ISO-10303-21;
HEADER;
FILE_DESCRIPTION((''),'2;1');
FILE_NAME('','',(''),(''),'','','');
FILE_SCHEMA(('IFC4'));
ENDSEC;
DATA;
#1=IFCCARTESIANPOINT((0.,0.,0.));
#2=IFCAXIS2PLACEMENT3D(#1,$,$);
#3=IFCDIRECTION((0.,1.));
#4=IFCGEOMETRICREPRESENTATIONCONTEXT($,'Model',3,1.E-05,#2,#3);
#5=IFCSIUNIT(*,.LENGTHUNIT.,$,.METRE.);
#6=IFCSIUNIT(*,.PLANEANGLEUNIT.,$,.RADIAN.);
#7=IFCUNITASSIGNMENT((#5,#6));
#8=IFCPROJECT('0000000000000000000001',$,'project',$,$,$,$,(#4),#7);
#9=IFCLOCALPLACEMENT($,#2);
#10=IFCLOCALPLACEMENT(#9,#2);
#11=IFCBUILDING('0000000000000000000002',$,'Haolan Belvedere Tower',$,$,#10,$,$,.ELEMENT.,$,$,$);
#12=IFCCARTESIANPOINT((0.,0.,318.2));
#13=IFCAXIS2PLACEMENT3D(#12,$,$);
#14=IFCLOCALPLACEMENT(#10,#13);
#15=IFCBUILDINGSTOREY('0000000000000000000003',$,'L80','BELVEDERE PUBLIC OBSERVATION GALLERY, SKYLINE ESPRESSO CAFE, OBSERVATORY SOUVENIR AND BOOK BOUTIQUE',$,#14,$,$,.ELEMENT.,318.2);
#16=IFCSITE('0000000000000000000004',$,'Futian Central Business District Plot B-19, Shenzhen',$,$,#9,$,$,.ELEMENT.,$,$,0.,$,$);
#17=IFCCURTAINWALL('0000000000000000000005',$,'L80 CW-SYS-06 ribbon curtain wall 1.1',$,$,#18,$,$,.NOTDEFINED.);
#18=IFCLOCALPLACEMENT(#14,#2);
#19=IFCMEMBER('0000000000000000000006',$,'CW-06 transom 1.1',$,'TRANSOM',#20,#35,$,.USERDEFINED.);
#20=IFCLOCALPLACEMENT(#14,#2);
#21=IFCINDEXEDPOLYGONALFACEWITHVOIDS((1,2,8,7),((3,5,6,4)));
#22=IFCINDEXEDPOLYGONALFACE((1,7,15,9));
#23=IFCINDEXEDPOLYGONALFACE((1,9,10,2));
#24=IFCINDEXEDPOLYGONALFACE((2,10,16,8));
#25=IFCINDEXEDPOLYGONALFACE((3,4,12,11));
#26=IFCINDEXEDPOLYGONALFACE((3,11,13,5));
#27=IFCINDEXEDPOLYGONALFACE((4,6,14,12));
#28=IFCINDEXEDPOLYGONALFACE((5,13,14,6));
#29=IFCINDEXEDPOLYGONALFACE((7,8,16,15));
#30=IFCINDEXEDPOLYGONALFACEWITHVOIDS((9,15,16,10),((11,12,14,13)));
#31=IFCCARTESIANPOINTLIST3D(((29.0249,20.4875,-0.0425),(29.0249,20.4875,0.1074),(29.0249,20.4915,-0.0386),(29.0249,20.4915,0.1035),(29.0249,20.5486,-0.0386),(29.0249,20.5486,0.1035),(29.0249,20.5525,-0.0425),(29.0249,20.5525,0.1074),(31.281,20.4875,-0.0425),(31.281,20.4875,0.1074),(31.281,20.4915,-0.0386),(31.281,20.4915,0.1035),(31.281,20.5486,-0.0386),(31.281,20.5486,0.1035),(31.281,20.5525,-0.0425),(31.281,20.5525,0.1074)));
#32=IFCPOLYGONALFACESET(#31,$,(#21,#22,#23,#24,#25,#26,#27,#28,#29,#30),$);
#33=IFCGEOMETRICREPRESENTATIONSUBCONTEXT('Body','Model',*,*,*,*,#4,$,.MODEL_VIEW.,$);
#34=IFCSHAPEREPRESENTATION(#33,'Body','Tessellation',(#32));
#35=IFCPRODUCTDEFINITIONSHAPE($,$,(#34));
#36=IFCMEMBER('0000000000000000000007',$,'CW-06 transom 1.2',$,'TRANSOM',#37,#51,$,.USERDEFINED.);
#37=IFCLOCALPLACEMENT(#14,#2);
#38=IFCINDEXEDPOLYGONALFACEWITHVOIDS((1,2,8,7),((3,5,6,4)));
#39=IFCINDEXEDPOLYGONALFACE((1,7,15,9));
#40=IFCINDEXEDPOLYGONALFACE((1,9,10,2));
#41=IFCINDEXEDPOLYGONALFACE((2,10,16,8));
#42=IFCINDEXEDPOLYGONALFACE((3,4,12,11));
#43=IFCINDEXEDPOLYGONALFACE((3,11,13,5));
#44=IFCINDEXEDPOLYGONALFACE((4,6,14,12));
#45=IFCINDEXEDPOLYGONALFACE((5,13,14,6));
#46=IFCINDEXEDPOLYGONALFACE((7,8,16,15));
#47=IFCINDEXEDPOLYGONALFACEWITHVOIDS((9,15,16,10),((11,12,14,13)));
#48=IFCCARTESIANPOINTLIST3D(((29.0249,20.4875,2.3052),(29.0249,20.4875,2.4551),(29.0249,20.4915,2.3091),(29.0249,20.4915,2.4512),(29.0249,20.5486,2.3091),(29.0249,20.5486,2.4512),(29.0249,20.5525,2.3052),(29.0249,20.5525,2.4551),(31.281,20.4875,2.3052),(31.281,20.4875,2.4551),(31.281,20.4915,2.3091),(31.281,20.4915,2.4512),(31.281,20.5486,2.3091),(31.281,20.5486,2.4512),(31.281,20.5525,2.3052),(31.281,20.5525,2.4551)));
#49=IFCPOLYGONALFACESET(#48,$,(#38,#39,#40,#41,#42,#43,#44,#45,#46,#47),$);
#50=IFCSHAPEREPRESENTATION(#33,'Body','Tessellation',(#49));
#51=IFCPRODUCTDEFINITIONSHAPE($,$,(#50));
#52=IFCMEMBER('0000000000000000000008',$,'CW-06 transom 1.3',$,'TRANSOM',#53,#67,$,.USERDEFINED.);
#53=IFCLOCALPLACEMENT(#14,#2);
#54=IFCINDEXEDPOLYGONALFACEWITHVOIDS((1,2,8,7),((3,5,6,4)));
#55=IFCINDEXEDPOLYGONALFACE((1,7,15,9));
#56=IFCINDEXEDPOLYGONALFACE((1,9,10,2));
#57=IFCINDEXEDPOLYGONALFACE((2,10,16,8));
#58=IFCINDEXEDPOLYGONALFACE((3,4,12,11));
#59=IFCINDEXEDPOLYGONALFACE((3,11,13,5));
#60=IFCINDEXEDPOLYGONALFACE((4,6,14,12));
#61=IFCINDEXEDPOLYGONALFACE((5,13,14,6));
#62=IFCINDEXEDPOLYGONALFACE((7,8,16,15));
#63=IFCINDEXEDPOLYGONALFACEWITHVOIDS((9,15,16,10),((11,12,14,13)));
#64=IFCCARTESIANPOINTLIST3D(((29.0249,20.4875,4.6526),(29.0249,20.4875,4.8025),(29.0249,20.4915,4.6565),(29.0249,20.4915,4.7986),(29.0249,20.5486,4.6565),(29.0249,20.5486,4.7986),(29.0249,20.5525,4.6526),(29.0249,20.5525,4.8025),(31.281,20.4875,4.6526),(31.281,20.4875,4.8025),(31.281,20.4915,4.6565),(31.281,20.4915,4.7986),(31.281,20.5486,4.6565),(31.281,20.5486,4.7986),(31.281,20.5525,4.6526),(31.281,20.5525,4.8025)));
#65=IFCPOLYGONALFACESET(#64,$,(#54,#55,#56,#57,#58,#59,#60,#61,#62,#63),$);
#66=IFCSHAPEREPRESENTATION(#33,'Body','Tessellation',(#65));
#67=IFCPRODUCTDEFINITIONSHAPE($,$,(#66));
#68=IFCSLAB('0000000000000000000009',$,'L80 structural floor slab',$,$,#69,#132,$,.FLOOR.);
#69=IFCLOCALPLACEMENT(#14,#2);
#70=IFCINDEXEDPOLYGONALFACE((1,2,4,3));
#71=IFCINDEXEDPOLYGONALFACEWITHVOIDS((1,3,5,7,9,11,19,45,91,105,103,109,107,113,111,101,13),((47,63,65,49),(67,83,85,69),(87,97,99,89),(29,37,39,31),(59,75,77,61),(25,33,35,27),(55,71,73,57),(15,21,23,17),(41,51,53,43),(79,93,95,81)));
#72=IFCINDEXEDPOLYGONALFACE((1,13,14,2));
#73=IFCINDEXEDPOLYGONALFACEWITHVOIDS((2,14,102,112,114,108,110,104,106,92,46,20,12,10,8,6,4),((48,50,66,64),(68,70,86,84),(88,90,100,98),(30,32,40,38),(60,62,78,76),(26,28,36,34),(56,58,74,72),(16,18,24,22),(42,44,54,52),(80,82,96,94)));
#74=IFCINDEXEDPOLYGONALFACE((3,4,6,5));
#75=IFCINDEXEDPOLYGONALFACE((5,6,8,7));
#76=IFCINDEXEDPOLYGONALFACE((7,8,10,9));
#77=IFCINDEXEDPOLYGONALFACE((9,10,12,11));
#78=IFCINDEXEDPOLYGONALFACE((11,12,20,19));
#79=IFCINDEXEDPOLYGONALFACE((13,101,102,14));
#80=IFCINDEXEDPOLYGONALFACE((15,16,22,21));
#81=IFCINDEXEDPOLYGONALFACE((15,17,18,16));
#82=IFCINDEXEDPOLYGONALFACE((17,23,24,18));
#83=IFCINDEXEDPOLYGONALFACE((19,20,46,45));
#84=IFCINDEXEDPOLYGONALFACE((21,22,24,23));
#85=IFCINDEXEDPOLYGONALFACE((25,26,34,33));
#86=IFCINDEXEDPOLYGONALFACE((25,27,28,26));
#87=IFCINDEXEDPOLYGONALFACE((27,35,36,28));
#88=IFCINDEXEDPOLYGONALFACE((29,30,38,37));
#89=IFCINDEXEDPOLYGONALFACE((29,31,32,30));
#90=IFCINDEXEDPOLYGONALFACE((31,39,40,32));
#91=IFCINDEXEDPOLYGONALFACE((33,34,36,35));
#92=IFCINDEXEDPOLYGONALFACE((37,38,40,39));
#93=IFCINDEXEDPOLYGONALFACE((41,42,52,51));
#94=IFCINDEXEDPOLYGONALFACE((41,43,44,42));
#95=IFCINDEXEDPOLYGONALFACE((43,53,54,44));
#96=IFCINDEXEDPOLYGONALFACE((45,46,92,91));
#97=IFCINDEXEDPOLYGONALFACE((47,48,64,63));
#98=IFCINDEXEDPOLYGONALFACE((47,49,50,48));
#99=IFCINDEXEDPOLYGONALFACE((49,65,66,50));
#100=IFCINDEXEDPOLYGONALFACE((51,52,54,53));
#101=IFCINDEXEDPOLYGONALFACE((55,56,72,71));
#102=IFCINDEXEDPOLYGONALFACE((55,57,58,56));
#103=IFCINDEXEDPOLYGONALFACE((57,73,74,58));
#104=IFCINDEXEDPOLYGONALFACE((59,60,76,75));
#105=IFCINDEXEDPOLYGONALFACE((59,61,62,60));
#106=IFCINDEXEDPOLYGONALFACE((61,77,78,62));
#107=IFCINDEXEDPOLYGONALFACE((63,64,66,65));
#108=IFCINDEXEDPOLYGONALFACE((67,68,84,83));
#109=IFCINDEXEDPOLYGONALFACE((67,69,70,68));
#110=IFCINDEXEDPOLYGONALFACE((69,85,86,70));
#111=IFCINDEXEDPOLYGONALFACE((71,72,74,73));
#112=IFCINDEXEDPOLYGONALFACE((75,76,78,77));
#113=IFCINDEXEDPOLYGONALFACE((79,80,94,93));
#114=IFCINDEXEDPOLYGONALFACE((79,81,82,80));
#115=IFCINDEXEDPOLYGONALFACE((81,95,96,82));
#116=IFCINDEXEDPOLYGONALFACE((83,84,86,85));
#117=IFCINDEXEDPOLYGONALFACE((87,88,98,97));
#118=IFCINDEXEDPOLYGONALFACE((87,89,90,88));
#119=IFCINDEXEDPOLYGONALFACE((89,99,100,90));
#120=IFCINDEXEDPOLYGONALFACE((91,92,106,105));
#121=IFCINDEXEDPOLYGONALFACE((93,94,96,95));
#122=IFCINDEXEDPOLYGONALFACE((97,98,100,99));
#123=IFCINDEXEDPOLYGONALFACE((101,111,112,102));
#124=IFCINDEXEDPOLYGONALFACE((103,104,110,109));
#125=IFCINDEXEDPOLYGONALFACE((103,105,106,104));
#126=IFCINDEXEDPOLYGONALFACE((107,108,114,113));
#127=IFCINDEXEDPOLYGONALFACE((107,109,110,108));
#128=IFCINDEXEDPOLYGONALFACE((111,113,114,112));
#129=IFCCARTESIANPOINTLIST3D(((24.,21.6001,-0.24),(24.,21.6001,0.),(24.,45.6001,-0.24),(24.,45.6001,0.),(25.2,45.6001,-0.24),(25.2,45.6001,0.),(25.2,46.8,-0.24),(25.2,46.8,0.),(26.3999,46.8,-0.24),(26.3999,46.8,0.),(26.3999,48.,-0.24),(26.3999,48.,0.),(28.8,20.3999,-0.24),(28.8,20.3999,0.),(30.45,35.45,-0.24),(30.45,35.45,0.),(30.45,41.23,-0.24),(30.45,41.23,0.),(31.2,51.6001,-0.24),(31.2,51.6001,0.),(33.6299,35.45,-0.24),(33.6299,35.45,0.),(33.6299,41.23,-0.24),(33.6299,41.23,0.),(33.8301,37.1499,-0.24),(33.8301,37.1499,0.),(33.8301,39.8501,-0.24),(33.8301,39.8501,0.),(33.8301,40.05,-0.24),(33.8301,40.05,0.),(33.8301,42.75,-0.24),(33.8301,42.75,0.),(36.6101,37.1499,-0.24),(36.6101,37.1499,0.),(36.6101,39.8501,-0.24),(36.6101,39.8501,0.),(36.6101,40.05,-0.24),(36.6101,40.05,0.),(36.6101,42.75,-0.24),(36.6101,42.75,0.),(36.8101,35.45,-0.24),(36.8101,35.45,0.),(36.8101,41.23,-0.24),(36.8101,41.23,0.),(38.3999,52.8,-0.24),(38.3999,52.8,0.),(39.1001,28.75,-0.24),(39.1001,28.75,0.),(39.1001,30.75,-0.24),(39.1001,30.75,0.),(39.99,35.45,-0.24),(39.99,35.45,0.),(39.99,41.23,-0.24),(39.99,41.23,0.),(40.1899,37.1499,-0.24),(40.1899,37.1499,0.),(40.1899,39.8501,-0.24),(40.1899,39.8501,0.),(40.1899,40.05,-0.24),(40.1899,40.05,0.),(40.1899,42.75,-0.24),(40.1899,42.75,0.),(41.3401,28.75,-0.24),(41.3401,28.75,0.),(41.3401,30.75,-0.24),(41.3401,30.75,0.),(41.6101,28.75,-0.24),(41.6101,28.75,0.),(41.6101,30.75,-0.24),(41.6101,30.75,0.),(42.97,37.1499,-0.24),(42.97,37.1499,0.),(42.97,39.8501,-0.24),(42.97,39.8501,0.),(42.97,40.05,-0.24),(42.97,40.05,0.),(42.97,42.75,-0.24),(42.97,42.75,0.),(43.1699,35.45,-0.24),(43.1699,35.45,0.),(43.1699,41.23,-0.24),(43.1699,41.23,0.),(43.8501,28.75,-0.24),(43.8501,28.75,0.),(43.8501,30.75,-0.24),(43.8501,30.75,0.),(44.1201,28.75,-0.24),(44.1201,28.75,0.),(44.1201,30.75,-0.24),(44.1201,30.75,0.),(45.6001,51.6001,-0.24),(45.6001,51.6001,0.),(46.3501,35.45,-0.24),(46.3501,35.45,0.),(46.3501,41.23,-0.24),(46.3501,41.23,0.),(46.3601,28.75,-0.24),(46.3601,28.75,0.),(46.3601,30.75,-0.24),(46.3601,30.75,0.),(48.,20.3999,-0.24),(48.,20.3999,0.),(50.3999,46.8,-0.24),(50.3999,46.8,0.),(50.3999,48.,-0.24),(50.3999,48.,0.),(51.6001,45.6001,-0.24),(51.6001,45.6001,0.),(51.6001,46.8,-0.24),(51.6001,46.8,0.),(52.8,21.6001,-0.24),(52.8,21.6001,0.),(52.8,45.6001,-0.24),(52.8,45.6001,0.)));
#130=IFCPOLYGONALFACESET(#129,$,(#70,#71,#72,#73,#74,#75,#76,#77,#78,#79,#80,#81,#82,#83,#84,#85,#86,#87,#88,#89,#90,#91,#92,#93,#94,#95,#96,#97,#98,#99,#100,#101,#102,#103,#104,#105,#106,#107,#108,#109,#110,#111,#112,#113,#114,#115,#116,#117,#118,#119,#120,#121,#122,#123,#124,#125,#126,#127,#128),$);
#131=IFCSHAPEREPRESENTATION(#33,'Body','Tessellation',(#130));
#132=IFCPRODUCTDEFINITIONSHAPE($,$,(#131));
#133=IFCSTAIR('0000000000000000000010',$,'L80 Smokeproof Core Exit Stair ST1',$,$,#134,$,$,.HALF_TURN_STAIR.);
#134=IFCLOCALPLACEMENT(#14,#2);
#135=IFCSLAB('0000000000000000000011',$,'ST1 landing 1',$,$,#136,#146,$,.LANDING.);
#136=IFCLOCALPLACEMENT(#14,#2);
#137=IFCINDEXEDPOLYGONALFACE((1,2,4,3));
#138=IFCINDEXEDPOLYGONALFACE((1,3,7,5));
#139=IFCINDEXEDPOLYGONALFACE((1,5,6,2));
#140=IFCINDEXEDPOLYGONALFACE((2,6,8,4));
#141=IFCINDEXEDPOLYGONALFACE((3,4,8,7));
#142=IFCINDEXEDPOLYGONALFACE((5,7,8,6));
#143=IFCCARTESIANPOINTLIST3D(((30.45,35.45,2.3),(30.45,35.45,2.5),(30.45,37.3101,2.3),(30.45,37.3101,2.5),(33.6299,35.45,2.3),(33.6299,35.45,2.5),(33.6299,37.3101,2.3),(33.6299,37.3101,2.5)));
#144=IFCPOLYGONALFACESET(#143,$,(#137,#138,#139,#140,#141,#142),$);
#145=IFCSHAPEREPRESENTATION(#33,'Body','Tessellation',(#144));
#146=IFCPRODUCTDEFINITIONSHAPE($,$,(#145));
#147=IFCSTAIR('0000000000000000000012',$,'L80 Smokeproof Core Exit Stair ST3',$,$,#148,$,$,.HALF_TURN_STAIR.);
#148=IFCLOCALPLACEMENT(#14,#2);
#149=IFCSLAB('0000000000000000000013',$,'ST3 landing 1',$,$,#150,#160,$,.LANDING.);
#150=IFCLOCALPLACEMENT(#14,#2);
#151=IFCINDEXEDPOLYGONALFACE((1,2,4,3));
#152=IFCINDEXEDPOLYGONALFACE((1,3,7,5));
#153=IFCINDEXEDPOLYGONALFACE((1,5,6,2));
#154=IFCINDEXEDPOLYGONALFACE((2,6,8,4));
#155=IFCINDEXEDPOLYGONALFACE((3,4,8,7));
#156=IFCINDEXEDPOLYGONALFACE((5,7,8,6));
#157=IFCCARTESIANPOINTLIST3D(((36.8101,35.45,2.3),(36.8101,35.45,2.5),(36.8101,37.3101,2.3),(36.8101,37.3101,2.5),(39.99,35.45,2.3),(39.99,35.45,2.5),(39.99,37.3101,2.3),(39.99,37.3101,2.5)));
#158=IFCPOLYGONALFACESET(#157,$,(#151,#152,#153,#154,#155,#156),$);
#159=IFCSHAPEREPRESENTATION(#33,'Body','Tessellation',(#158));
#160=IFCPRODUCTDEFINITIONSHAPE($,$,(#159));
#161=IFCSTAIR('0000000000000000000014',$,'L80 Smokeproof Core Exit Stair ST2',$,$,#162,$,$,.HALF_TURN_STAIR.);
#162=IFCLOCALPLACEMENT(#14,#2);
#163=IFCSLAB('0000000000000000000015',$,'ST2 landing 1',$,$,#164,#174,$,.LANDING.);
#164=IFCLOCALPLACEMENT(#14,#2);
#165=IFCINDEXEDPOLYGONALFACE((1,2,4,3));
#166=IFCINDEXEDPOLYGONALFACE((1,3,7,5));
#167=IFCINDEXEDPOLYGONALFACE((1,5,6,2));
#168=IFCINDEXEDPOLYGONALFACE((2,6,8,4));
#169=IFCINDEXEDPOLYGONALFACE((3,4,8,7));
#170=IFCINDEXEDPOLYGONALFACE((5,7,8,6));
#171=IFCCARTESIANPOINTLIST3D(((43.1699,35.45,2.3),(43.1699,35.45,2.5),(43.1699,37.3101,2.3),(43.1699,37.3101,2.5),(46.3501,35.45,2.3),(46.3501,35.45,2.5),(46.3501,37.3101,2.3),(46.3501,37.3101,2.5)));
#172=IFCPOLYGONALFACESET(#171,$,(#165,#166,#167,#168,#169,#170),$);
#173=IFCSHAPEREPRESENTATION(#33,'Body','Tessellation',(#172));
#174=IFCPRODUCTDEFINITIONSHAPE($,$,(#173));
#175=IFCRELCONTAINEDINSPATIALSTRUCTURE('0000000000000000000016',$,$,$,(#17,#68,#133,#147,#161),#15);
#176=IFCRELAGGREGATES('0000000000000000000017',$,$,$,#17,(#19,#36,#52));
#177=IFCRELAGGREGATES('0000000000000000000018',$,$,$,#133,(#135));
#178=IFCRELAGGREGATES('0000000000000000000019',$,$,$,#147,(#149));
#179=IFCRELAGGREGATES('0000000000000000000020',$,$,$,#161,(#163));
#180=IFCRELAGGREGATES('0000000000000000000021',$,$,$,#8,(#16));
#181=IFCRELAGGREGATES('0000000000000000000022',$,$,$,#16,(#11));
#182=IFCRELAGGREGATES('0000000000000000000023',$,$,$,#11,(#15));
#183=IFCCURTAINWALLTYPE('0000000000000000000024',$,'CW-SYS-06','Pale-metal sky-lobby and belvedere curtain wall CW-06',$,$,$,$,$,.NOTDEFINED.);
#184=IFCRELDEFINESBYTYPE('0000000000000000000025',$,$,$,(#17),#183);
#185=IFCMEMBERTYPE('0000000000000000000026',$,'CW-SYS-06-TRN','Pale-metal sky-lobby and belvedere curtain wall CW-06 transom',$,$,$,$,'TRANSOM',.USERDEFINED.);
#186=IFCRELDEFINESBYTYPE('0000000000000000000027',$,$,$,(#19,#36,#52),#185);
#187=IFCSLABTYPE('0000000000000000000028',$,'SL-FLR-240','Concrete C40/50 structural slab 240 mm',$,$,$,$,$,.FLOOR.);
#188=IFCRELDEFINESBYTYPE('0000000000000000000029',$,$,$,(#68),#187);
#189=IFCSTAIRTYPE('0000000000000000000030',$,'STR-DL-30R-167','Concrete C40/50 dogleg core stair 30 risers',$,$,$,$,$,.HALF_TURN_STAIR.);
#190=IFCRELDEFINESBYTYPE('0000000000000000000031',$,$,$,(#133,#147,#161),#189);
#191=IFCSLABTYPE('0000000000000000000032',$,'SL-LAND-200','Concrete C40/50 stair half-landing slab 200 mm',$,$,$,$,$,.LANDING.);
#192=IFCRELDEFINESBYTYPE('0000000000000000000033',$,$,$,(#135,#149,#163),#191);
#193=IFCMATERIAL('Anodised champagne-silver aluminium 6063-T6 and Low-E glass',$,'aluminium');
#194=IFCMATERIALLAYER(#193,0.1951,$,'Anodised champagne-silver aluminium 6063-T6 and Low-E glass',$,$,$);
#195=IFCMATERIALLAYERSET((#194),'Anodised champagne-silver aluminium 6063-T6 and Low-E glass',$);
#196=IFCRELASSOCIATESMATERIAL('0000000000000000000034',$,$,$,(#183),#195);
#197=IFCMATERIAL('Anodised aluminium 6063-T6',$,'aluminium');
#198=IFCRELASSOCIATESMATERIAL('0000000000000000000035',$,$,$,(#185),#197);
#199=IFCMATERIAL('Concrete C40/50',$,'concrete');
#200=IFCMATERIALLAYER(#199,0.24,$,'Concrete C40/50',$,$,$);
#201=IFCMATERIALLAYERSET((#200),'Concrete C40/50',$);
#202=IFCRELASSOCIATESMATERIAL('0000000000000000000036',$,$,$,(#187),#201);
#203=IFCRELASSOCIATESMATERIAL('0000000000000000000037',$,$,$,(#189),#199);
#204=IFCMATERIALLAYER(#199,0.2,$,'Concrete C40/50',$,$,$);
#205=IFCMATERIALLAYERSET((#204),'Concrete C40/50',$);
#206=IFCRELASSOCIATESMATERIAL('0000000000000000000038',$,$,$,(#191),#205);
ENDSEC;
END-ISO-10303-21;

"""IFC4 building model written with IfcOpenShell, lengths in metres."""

from ifc_helpers import new_model, si_unit, direction, frame, origin, origin_2d, place, context, subcontext, project, spatial, polyline, hollow_rectangle, outline, extrude, material, layer, layer_set, material_profile, profile_set, type_object, element, aggregate, save


model = new_model("IFC4")

# Units and contexts
model_context = context("Model", 3, precision=1e-05, world=origin(), true_north=direction((0.0, 1.0)))
body_context = subcontext(model_context, "Body", "Model", "MODEL_VIEW")
ifc_project = project(units=[si_unit("LENGTHUNIT", "METRE"), si_unit("PLANEANGLEUNIT", "RADIAN")], contexts=[model_context])

# Site, building, storey
site_placement = place(None, origin())
site = spatial("IfcSite", under=ifc_project, at=site_placement, Name="Futian Central Business District Plot B-19, Shenzhen", CompositionType="ELEMENT", RefElevation=0.0)
building_placement = place(site_placement, origin())
building = spatial("IfcBuilding", under=site, at=building_placement, Name="Haolan Belvedere Tower", CompositionType="ELEMENT")
storey_placement = place(building_placement, frame((0.0, 0.0, 318.2)))
storey = spatial("IfcBuildingStorey", under=building, at=storey_placement, Name="L80", Description="BELVEDERE PUBLIC OBSERVATION GALLERY, SKYLINE ESPRESSO CAFE, OBSERVATORY SOUVENIR AND BOOK BOUTIQUE", CompositionType="ELEMENT", Elevation=318.2)

# Curtain wall, members
ifc_material_1 = material(Name="Anodised champagne-silver aluminium 6063-T6 and Low-E glass", Category="aluminium")
ifc_layer_1 = layer(ifc_material_1, 0.1951, Name="Anodised champagne-silver aluminium 6063-T6 and Low-E glass")
ifc_layer_set_1 = layer_set([ifc_layer_1], Name="Anodised champagne-silver aluminium 6063-T6 and Low-E glass")
curtain_wall_type = type_object("IfcCurtainWallType", Name="CW-SYS-06", Description="Pale-metal sky-lobby and belvedere curtain wall CW-06", PredefinedType="NOTDEFINED", material=ifc_layer_set_1)
curtain_wall_placement = place(storey_placement, origin())
curtain_wall = element("IfcCurtainWall", 1, at=curtain_wall_placement, inside=storey, type_object=curtain_wall_type, Name="L80 CW-SYS-06 ribbon curtain wall 1.1", PredefinedType="NOTDEFINED")
ifc_material_2 = material(Name="Anodised aluminium 6063-T6", Category="aluminium")
ifc_material_profile_1 = material_profile(ifc_material_2, hollow_rectangle(XDim=0.0649, YDim=0.1499, WallThickness=0.0039, at=origin_2d()), Name="Anodised aluminium 6063-T6")
ifc_profile_set_1 = profile_set([ifc_material_profile_1], Name="Anodised aluminium 6063-T6")
member_type_1 = type_object("IfcMemberType", Name="CW-SYS-06-TRN", Description="Pale-metal sky-lobby and belvedere curtain wall CW-06 transom", ElementType="TRANSOM", PredefinedType="USERDEFINED", material=ifc_profile_set_1)
member_1_placement = place(storey_placement, frame((29.0249, 20.52, 0.0325), z_axis=(1.0, 0.0, 0.0), x_axis=(0.0, 1.0, 0.0)))
member_1 = element("IfcMember", 2, at=member_1_placement, type_object=member_type_1, Name="CW-06 transom 1.1", ObjectType="TRANSOM", PredefinedType="USERDEFINED", context=body_context, shape_type="SweptSolid", body=[
    extrude(hollow_rectangle(XDim=0.0649, YDim=0.1499, WallThickness=0.0039, at=origin_2d()), origin(), (0.0, 0.0, 1.0), 2.2561),
])
member_2_placement = place(storey_placement, frame((29.0249, 20.52, 2.3801), z_axis=(1.0, 0.0, 0.0), x_axis=(0.0, 1.0, 0.0)))
member_2 = element("IfcMember", 3, at=member_2_placement, type_object=member_type_1, Name="CW-06 transom 1.2", ObjectType="TRANSOM", PredefinedType="USERDEFINED", context=body_context, shape_type="SweptSolid", body=[
    extrude(hollow_rectangle(XDim=0.0649, YDim=0.1499, WallThickness=0.0039, at=origin_2d()), origin(), (0.0, 0.0, 1.0), 2.2561),
])
member_3_placement = place(storey_placement, frame((29.0249, 20.52, 4.7275), z_axis=(1.0, 0.0, 0.0), x_axis=(0.0, 1.0, 0.0)))
member_3 = element("IfcMember", 4, at=member_3_placement, type_object=member_type_1, Name="CW-06 transom 1.3", ObjectType="TRANSOM", PredefinedType="USERDEFINED", context=body_context, shape_type="SweptSolid", body=[
    extrude(hollow_rectangle(XDim=0.0649, YDim=0.1499, WallThickness=0.0039, at=origin_2d()), origin(), (0.0, 0.0, 1.0), 2.2561),
])
aggregate(curtain_wall, [member_1, member_2, member_3])

# Slab
ifc_material_3 = material(Name="Concrete C40/50", Category="concrete")
ifc_layer_2 = layer(ifc_material_3, 0.24, Name="Concrete C40/50")
ifc_layer_set_2 = layer_set([ifc_layer_2], Name="Concrete C40/50")
slab_type_1 = type_object("IfcSlabType", Name="SL-FLR-240", Description="Concrete C40/50 structural slab 240 mm", PredefinedType="FLOOR", material=ifc_layer_set_2)
slab_1_placement = place(storey_placement, frame((0.0, 0.0, -0.24)))
element("IfcSlab", 5, at=slab_1_placement, inside=storey, type_object=slab_type_1, Name="L80 structural floor slab", PredefinedType="FLOOR", context=body_context, shape_type="SweptSolid", body=[
    extrude(outline(polyline([(24.0, 21.6001), (28.8, 20.3999), (48.0, 20.3999), (52.8, 21.6001), (52.8, 45.6001), (52.8, 45.6001), (51.6001, 45.6001), (51.6001, 46.8), (50.3999, 46.8), (50.3999, 48.0), (45.6001, 51.6001), (38.3999, 52.8), (31.2, 51.6001), (26.3999, 48.0), (26.3999, 46.8), (25.2, 46.8), (25.2, 45.6001), (24.0, 45.6001), (24.0, 45.6001), (24.0, 21.6001)]), holes=[polyline([(30.45, 41.23), (30.45, 35.45), (33.6299, 35.45), (33.6299, 41.23), (30.45, 41.23)]), polyline([(36.8101, 41.23), (36.8101, 35.45), (39.99, 35.45), (39.99, 41.23), (36.8101, 41.23)]), polyline([(43.1699, 41.23), (43.1699, 35.45), (46.3501, 35.45), (46.3501, 41.23), (43.1699, 41.23)]), polyline([(33.8301, 40.05), (36.6101, 40.05), (36.6101, 42.75), (33.8301, 42.75), (33.8301, 40.05)]), polyline([(33.8301, 37.1499), (36.6101, 37.1499), (36.6101, 39.8501), (33.8301, 39.8501), (33.8301, 37.1499)]), polyline([(40.1899, 40.05), (42.97, 40.05), (42.97, 42.75), (40.1899, 42.75), (40.1899, 40.05)]), polyline([(40.1899, 37.1499), (42.97, 37.1499), (42.97, 39.8501), (40.1899, 39.8501), (40.1899, 37.1499)]), polyline([(39.1001, 28.75), (41.3401, 28.75), (41.3401, 30.75), (39.1001, 30.75), (39.1001, 28.75)]), polyline([(41.6101, 28.75), (43.8501, 28.75), (43.8501, 30.75), (41.6101, 30.75), (41.6101, 28.75)]), polyline([(44.1201, 28.75), (46.3601, 28.75), (46.3601, 30.75), (44.1201, 30.75), (44.1201, 28.75)])]), origin(), (0.0, 0.0, 1.0), 0.24),
])

# Stairs, slabs
stair_type_1 = type_object("IfcStairType", Name="STR-DL-30R-167", Description="Concrete C40/50 dogleg core stair 30 risers", PredefinedType="HALF_TURN_STAIR", material=ifc_material_3)
stair_1_placement = place(storey_placement, origin())
stair_1 = element("IfcStair", 6, at=stair_1_placement, inside=storey, type_object=stair_type_1, Name="L80 Smokeproof Core Exit Stair ST1", PredefinedType="HALF_TURN_STAIR")
ifc_layer_3 = layer(ifc_material_3, 0.2, Name="Concrete C40/50")
ifc_layer_set_3 = layer_set([ifc_layer_3], Name="Concrete C40/50")
slab_type_2 = type_object("IfcSlabType", Name="SL-LAND-200", Description="Concrete C40/50 stair half-landing slab 200 mm", PredefinedType="LANDING", material=ifc_layer_set_3)
slab_2_placement = place(storey_placement, frame((0.0, 0.0, 2.3)))
slab_2 = element("IfcSlab", 7, at=slab_2_placement, type_object=slab_type_2, Name="ST1 landing 1", PredefinedType="LANDING", context=body_context, shape_type="SweptSolid", body=[
    extrude(outline(polyline([(30.45, 37.3101), (30.45, 35.45), (33.6299, 35.45), (33.6299, 37.3101), (30.45, 37.3101)])), origin(), (0.0, 0.0, 1.0), 0.2),
])
aggregate(stair_1, [slab_2])
stair_2_placement = place(storey_placement, origin())
stair_2 = element("IfcStair", 8, at=stair_2_placement, inside=storey, type_object=stair_type_1, Name="L80 Smokeproof Core Exit Stair ST3", PredefinedType="HALF_TURN_STAIR")
slab_3_placement = place(storey_placement, frame((0.0, 0.0, 2.3)))
slab_3 = element("IfcSlab", 9, at=slab_3_placement, type_object=slab_type_2, Name="ST3 landing 1", PredefinedType="LANDING", context=body_context, shape_type="SweptSolid", body=[
    extrude(outline(polyline([(36.8101, 37.3101), (36.8101, 35.45), (39.99, 35.45), (39.99, 37.3101), (36.8101, 37.3101)])), origin(), (0.0, 0.0, 1.0), 0.2),
])
aggregate(stair_2, [slab_3])
stair_3_placement = place(storey_placement, origin())
stair_3 = element("IfcStair", 10, at=stair_3_placement, inside=storey, type_object=stair_type_1, Name="L80 Smokeproof Core Exit Stair ST2", PredefinedType="HALF_TURN_STAIR")
slab_4_placement = place(storey_placement, frame((0.0, 0.0, 2.3)))
slab_4 = element("IfcSlab", 11, at=slab_4_placement, type_object=slab_type_2, Name="ST2 landing 1", PredefinedType="LANDING", context=body_context, shape_type="SweptSolid", body=[
    extrude(outline(polyline([(43.1699, 37.3101), (43.1699, 35.45), (46.3501, 35.45), (46.3501, 37.3101), (43.1699, 37.3101)])), origin(), (0.0, 0.0, 1.0), 0.2),
])
aggregate(stair_3, [slab_4])

save(model, "model.ifc")
